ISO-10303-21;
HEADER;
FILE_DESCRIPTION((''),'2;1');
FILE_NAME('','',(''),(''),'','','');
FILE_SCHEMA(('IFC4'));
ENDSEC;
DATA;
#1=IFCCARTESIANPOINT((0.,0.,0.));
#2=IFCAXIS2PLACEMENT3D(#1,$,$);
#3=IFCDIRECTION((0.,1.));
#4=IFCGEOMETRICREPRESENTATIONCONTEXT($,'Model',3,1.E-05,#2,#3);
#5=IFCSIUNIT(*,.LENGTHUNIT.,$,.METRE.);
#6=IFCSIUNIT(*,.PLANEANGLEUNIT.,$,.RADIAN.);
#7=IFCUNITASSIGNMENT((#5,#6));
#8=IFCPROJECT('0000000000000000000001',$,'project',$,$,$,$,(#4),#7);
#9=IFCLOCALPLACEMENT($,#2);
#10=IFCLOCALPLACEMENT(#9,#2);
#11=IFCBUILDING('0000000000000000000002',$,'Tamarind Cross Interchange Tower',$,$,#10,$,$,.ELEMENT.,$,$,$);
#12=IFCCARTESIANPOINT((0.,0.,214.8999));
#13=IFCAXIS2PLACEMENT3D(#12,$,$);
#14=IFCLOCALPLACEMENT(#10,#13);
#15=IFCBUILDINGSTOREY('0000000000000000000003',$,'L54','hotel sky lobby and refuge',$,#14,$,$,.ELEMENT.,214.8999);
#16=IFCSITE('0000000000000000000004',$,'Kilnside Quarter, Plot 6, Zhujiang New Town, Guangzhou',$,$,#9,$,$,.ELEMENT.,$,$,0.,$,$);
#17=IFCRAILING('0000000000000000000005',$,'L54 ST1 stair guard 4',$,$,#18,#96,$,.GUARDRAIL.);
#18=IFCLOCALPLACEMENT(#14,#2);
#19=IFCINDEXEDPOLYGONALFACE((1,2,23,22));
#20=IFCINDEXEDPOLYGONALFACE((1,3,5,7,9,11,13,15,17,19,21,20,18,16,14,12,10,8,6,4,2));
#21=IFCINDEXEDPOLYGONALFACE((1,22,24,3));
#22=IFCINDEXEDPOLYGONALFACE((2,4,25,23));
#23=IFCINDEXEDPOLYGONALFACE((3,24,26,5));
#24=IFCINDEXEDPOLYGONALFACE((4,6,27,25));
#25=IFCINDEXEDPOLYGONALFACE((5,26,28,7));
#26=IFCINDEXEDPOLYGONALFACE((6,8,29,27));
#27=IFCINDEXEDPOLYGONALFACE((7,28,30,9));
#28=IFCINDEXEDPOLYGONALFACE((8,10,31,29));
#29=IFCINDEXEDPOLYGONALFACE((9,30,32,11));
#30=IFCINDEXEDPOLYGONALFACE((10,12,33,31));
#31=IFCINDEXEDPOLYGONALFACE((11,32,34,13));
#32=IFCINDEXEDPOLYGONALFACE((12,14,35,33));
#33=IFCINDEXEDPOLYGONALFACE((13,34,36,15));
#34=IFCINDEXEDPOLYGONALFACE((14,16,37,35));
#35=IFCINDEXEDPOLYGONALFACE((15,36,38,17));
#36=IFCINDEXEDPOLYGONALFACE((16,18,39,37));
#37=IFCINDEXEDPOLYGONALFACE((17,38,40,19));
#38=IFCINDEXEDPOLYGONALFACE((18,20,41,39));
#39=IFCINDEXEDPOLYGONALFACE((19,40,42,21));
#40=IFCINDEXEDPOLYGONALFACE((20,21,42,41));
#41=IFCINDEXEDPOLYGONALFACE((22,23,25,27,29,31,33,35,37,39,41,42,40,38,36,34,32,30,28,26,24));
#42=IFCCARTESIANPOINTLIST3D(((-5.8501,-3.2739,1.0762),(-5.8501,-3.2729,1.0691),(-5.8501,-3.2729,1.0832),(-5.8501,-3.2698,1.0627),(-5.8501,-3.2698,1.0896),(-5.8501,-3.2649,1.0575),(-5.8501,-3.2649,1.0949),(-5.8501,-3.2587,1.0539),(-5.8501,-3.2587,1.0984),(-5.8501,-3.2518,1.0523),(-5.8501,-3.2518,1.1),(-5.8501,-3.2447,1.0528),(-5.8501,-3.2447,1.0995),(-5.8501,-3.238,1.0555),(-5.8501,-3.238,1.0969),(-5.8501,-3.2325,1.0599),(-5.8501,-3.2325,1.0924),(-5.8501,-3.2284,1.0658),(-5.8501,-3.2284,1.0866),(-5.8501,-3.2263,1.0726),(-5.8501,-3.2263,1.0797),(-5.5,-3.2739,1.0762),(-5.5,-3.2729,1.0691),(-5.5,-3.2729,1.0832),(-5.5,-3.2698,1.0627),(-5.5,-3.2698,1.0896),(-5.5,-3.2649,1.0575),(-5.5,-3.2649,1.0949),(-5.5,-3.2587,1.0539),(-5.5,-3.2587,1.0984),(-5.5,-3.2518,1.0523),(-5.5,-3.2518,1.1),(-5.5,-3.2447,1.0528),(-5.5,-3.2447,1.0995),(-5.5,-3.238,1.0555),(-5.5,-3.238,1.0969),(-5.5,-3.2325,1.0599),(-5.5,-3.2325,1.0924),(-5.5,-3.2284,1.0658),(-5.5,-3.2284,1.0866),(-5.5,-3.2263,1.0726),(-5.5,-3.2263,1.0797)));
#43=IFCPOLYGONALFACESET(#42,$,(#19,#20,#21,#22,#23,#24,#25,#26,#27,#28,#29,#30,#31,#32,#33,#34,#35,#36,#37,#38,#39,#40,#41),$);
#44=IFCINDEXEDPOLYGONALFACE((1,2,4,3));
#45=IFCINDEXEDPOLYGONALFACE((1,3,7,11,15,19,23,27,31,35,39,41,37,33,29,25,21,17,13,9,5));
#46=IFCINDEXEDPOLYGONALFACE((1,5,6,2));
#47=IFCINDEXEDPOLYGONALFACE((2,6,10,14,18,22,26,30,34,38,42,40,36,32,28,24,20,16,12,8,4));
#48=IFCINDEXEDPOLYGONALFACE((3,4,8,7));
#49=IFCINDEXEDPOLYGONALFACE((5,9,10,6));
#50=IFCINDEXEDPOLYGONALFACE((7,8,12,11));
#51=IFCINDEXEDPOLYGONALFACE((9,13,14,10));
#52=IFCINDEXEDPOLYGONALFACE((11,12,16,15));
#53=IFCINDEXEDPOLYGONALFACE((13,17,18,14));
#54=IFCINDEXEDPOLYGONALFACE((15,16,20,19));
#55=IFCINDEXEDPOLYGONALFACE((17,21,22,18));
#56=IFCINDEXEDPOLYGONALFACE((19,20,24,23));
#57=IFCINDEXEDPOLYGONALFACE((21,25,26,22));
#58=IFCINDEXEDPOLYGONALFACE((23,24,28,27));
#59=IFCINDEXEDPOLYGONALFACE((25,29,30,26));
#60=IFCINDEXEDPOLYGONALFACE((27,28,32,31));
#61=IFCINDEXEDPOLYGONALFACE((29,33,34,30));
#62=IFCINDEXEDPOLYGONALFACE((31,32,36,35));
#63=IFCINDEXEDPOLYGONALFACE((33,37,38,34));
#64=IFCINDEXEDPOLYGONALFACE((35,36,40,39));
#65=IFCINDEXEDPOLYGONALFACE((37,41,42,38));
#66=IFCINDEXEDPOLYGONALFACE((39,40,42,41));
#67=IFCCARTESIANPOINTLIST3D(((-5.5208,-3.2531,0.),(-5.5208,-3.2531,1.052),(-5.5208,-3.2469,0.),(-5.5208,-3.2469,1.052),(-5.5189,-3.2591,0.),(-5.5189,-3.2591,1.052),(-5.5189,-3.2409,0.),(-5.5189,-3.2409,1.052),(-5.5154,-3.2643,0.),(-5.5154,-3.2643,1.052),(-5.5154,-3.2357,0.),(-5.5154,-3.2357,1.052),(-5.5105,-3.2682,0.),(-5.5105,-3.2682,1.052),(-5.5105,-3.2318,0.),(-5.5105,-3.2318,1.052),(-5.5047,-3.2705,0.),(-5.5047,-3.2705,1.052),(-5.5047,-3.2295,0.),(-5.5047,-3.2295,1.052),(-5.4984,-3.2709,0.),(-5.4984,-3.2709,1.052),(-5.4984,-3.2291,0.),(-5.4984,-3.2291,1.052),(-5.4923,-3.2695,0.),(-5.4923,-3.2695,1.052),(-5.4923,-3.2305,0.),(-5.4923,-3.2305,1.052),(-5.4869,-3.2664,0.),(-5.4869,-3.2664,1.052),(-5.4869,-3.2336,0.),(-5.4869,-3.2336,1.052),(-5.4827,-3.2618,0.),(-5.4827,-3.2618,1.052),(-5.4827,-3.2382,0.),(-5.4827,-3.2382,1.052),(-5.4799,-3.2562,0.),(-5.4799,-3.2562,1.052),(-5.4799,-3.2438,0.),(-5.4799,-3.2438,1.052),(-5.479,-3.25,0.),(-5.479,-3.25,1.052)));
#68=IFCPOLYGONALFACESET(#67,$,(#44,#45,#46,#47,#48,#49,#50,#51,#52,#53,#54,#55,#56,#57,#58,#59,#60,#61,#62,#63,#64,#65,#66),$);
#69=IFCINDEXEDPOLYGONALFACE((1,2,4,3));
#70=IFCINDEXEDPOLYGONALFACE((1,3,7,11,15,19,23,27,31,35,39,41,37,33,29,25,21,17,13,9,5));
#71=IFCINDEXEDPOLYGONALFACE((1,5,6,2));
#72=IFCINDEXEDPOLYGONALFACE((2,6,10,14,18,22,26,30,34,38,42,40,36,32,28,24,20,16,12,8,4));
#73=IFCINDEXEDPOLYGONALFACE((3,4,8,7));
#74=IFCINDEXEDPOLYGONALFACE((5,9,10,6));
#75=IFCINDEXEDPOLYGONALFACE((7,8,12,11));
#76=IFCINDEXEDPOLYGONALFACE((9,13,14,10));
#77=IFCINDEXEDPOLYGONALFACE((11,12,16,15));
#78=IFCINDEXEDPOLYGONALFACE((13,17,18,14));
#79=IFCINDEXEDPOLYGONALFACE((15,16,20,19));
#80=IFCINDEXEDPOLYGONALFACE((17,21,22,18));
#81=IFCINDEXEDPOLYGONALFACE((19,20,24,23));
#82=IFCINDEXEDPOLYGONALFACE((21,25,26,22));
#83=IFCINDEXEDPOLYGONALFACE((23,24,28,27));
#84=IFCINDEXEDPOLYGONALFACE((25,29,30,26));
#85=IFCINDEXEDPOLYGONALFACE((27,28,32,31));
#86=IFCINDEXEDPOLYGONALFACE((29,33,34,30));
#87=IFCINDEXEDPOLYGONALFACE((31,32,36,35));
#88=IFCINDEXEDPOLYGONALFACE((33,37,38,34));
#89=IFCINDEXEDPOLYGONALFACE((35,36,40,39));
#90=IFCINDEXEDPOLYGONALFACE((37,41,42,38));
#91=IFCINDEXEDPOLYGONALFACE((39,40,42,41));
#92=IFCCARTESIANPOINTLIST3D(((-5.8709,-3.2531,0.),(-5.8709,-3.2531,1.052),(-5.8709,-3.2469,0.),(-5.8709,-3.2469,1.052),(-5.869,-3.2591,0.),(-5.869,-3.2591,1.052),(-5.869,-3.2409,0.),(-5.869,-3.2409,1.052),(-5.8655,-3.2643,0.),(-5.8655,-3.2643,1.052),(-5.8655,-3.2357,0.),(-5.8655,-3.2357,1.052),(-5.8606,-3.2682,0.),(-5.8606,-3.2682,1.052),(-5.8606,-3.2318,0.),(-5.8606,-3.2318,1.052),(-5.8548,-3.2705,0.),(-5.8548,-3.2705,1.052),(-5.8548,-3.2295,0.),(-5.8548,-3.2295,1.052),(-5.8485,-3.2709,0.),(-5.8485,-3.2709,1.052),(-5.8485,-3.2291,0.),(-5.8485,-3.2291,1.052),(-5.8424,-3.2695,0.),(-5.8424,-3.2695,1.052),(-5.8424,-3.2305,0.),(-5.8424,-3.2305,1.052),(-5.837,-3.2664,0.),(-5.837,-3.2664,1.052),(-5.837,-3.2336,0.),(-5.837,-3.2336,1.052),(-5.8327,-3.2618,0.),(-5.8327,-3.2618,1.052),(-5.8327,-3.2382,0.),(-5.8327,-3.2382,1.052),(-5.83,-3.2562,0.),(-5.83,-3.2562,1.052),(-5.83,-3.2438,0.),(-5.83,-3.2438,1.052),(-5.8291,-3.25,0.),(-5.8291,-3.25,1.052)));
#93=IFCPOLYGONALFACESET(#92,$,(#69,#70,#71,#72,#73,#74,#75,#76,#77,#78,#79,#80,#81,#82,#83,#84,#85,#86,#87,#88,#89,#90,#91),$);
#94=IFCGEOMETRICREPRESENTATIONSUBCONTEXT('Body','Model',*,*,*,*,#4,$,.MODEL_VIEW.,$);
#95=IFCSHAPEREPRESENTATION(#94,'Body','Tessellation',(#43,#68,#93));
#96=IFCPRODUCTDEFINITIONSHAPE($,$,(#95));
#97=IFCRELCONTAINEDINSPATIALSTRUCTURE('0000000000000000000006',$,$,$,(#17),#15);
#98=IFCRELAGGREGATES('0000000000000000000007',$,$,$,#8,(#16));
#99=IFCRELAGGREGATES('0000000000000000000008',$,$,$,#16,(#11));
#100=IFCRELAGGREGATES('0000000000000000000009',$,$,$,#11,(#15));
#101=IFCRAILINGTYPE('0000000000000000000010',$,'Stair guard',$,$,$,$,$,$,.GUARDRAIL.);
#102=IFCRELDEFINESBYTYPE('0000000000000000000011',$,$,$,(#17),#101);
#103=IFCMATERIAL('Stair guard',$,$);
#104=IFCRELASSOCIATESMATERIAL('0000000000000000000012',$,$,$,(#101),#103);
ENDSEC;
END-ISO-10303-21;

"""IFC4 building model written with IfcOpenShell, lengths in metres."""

from ifc_helpers import new_model, si_unit, direction, frame, origin, origin_2d, place, context, subcontext, project, spatial, circle, extrude, material, type_object, element, save


model = new_model("IFC4")

# Units and contexts
model_context = context("Model", 3, precision=1e-05, world=origin(), true_north=direction((0.0, 1.0)))
body_context = subcontext(model_context, "Body", "Model", "MODEL_VIEW")
ifc_project = project(units=[si_unit("LENGTHUNIT", "METRE"), si_unit("PLANEANGLEUNIT", "RADIAN")], contexts=[model_context])

# Site, building, storey
site_placement = place(None, origin())
site = spatial("IfcSite", under=ifc_project, at=site_placement, Name="Kilnside Quarter, Plot 6, Zhujiang New Town, Guangzhou", CompositionType="ELEMENT", RefElevation=0.0)
building_placement = place(site_placement, origin())
building = spatial("IfcBuilding", under=site, at=building_placement, Name="Tamarind Cross Interchange Tower", CompositionType="ELEMENT")
storey_placement = place(building_placement, frame((0.0, 0.0, 214.8999)))
storey = spatial("IfcBuildingStorey", under=building, at=storey_placement, Name="L54", Description="hotel sky lobby and refuge", CompositionType="ELEMENT", Elevation=214.8999)

# Railing
ifc_material_1 = material(Name="Stair guard")
railing_type_1 = type_object("IfcRailingType", Name="Stair guard", PredefinedType="GUARDRAIL", material=ifc_material_1)
railing_1_placement = place(storey_placement, frame((-5.5, -3.25, 0.0)))
element("IfcRailing", 1, at=railing_1_placement, inside=storey, type_object=railing_type_1, Name="L54 ST1 stair guard 4", PredefinedType="GUARDRAIL", context=body_context, shape_type="SweptSolid", body=[
    extrude(circle(Radius=0.0239, at=origin_2d()), frame((0.0, 0.0, 1.0762), z_axis=(-1.0, 0.0, 0.0), x_axis=(0.0, -1.0, 0.0)), (0.0, 0.0, 1.0), 0.3501),
    extrude(circle(Radius=0.021, at=origin_2d()), origin(), (0.0, 0.0, 1.0), 1.052),
    extrude(circle(Radius=0.021, at=origin_2d()), frame((-0.3501, 0.0, 0.0)), (0.0, 0.0, 1.0), 1.052),
])

save(model, "model.ifc")
